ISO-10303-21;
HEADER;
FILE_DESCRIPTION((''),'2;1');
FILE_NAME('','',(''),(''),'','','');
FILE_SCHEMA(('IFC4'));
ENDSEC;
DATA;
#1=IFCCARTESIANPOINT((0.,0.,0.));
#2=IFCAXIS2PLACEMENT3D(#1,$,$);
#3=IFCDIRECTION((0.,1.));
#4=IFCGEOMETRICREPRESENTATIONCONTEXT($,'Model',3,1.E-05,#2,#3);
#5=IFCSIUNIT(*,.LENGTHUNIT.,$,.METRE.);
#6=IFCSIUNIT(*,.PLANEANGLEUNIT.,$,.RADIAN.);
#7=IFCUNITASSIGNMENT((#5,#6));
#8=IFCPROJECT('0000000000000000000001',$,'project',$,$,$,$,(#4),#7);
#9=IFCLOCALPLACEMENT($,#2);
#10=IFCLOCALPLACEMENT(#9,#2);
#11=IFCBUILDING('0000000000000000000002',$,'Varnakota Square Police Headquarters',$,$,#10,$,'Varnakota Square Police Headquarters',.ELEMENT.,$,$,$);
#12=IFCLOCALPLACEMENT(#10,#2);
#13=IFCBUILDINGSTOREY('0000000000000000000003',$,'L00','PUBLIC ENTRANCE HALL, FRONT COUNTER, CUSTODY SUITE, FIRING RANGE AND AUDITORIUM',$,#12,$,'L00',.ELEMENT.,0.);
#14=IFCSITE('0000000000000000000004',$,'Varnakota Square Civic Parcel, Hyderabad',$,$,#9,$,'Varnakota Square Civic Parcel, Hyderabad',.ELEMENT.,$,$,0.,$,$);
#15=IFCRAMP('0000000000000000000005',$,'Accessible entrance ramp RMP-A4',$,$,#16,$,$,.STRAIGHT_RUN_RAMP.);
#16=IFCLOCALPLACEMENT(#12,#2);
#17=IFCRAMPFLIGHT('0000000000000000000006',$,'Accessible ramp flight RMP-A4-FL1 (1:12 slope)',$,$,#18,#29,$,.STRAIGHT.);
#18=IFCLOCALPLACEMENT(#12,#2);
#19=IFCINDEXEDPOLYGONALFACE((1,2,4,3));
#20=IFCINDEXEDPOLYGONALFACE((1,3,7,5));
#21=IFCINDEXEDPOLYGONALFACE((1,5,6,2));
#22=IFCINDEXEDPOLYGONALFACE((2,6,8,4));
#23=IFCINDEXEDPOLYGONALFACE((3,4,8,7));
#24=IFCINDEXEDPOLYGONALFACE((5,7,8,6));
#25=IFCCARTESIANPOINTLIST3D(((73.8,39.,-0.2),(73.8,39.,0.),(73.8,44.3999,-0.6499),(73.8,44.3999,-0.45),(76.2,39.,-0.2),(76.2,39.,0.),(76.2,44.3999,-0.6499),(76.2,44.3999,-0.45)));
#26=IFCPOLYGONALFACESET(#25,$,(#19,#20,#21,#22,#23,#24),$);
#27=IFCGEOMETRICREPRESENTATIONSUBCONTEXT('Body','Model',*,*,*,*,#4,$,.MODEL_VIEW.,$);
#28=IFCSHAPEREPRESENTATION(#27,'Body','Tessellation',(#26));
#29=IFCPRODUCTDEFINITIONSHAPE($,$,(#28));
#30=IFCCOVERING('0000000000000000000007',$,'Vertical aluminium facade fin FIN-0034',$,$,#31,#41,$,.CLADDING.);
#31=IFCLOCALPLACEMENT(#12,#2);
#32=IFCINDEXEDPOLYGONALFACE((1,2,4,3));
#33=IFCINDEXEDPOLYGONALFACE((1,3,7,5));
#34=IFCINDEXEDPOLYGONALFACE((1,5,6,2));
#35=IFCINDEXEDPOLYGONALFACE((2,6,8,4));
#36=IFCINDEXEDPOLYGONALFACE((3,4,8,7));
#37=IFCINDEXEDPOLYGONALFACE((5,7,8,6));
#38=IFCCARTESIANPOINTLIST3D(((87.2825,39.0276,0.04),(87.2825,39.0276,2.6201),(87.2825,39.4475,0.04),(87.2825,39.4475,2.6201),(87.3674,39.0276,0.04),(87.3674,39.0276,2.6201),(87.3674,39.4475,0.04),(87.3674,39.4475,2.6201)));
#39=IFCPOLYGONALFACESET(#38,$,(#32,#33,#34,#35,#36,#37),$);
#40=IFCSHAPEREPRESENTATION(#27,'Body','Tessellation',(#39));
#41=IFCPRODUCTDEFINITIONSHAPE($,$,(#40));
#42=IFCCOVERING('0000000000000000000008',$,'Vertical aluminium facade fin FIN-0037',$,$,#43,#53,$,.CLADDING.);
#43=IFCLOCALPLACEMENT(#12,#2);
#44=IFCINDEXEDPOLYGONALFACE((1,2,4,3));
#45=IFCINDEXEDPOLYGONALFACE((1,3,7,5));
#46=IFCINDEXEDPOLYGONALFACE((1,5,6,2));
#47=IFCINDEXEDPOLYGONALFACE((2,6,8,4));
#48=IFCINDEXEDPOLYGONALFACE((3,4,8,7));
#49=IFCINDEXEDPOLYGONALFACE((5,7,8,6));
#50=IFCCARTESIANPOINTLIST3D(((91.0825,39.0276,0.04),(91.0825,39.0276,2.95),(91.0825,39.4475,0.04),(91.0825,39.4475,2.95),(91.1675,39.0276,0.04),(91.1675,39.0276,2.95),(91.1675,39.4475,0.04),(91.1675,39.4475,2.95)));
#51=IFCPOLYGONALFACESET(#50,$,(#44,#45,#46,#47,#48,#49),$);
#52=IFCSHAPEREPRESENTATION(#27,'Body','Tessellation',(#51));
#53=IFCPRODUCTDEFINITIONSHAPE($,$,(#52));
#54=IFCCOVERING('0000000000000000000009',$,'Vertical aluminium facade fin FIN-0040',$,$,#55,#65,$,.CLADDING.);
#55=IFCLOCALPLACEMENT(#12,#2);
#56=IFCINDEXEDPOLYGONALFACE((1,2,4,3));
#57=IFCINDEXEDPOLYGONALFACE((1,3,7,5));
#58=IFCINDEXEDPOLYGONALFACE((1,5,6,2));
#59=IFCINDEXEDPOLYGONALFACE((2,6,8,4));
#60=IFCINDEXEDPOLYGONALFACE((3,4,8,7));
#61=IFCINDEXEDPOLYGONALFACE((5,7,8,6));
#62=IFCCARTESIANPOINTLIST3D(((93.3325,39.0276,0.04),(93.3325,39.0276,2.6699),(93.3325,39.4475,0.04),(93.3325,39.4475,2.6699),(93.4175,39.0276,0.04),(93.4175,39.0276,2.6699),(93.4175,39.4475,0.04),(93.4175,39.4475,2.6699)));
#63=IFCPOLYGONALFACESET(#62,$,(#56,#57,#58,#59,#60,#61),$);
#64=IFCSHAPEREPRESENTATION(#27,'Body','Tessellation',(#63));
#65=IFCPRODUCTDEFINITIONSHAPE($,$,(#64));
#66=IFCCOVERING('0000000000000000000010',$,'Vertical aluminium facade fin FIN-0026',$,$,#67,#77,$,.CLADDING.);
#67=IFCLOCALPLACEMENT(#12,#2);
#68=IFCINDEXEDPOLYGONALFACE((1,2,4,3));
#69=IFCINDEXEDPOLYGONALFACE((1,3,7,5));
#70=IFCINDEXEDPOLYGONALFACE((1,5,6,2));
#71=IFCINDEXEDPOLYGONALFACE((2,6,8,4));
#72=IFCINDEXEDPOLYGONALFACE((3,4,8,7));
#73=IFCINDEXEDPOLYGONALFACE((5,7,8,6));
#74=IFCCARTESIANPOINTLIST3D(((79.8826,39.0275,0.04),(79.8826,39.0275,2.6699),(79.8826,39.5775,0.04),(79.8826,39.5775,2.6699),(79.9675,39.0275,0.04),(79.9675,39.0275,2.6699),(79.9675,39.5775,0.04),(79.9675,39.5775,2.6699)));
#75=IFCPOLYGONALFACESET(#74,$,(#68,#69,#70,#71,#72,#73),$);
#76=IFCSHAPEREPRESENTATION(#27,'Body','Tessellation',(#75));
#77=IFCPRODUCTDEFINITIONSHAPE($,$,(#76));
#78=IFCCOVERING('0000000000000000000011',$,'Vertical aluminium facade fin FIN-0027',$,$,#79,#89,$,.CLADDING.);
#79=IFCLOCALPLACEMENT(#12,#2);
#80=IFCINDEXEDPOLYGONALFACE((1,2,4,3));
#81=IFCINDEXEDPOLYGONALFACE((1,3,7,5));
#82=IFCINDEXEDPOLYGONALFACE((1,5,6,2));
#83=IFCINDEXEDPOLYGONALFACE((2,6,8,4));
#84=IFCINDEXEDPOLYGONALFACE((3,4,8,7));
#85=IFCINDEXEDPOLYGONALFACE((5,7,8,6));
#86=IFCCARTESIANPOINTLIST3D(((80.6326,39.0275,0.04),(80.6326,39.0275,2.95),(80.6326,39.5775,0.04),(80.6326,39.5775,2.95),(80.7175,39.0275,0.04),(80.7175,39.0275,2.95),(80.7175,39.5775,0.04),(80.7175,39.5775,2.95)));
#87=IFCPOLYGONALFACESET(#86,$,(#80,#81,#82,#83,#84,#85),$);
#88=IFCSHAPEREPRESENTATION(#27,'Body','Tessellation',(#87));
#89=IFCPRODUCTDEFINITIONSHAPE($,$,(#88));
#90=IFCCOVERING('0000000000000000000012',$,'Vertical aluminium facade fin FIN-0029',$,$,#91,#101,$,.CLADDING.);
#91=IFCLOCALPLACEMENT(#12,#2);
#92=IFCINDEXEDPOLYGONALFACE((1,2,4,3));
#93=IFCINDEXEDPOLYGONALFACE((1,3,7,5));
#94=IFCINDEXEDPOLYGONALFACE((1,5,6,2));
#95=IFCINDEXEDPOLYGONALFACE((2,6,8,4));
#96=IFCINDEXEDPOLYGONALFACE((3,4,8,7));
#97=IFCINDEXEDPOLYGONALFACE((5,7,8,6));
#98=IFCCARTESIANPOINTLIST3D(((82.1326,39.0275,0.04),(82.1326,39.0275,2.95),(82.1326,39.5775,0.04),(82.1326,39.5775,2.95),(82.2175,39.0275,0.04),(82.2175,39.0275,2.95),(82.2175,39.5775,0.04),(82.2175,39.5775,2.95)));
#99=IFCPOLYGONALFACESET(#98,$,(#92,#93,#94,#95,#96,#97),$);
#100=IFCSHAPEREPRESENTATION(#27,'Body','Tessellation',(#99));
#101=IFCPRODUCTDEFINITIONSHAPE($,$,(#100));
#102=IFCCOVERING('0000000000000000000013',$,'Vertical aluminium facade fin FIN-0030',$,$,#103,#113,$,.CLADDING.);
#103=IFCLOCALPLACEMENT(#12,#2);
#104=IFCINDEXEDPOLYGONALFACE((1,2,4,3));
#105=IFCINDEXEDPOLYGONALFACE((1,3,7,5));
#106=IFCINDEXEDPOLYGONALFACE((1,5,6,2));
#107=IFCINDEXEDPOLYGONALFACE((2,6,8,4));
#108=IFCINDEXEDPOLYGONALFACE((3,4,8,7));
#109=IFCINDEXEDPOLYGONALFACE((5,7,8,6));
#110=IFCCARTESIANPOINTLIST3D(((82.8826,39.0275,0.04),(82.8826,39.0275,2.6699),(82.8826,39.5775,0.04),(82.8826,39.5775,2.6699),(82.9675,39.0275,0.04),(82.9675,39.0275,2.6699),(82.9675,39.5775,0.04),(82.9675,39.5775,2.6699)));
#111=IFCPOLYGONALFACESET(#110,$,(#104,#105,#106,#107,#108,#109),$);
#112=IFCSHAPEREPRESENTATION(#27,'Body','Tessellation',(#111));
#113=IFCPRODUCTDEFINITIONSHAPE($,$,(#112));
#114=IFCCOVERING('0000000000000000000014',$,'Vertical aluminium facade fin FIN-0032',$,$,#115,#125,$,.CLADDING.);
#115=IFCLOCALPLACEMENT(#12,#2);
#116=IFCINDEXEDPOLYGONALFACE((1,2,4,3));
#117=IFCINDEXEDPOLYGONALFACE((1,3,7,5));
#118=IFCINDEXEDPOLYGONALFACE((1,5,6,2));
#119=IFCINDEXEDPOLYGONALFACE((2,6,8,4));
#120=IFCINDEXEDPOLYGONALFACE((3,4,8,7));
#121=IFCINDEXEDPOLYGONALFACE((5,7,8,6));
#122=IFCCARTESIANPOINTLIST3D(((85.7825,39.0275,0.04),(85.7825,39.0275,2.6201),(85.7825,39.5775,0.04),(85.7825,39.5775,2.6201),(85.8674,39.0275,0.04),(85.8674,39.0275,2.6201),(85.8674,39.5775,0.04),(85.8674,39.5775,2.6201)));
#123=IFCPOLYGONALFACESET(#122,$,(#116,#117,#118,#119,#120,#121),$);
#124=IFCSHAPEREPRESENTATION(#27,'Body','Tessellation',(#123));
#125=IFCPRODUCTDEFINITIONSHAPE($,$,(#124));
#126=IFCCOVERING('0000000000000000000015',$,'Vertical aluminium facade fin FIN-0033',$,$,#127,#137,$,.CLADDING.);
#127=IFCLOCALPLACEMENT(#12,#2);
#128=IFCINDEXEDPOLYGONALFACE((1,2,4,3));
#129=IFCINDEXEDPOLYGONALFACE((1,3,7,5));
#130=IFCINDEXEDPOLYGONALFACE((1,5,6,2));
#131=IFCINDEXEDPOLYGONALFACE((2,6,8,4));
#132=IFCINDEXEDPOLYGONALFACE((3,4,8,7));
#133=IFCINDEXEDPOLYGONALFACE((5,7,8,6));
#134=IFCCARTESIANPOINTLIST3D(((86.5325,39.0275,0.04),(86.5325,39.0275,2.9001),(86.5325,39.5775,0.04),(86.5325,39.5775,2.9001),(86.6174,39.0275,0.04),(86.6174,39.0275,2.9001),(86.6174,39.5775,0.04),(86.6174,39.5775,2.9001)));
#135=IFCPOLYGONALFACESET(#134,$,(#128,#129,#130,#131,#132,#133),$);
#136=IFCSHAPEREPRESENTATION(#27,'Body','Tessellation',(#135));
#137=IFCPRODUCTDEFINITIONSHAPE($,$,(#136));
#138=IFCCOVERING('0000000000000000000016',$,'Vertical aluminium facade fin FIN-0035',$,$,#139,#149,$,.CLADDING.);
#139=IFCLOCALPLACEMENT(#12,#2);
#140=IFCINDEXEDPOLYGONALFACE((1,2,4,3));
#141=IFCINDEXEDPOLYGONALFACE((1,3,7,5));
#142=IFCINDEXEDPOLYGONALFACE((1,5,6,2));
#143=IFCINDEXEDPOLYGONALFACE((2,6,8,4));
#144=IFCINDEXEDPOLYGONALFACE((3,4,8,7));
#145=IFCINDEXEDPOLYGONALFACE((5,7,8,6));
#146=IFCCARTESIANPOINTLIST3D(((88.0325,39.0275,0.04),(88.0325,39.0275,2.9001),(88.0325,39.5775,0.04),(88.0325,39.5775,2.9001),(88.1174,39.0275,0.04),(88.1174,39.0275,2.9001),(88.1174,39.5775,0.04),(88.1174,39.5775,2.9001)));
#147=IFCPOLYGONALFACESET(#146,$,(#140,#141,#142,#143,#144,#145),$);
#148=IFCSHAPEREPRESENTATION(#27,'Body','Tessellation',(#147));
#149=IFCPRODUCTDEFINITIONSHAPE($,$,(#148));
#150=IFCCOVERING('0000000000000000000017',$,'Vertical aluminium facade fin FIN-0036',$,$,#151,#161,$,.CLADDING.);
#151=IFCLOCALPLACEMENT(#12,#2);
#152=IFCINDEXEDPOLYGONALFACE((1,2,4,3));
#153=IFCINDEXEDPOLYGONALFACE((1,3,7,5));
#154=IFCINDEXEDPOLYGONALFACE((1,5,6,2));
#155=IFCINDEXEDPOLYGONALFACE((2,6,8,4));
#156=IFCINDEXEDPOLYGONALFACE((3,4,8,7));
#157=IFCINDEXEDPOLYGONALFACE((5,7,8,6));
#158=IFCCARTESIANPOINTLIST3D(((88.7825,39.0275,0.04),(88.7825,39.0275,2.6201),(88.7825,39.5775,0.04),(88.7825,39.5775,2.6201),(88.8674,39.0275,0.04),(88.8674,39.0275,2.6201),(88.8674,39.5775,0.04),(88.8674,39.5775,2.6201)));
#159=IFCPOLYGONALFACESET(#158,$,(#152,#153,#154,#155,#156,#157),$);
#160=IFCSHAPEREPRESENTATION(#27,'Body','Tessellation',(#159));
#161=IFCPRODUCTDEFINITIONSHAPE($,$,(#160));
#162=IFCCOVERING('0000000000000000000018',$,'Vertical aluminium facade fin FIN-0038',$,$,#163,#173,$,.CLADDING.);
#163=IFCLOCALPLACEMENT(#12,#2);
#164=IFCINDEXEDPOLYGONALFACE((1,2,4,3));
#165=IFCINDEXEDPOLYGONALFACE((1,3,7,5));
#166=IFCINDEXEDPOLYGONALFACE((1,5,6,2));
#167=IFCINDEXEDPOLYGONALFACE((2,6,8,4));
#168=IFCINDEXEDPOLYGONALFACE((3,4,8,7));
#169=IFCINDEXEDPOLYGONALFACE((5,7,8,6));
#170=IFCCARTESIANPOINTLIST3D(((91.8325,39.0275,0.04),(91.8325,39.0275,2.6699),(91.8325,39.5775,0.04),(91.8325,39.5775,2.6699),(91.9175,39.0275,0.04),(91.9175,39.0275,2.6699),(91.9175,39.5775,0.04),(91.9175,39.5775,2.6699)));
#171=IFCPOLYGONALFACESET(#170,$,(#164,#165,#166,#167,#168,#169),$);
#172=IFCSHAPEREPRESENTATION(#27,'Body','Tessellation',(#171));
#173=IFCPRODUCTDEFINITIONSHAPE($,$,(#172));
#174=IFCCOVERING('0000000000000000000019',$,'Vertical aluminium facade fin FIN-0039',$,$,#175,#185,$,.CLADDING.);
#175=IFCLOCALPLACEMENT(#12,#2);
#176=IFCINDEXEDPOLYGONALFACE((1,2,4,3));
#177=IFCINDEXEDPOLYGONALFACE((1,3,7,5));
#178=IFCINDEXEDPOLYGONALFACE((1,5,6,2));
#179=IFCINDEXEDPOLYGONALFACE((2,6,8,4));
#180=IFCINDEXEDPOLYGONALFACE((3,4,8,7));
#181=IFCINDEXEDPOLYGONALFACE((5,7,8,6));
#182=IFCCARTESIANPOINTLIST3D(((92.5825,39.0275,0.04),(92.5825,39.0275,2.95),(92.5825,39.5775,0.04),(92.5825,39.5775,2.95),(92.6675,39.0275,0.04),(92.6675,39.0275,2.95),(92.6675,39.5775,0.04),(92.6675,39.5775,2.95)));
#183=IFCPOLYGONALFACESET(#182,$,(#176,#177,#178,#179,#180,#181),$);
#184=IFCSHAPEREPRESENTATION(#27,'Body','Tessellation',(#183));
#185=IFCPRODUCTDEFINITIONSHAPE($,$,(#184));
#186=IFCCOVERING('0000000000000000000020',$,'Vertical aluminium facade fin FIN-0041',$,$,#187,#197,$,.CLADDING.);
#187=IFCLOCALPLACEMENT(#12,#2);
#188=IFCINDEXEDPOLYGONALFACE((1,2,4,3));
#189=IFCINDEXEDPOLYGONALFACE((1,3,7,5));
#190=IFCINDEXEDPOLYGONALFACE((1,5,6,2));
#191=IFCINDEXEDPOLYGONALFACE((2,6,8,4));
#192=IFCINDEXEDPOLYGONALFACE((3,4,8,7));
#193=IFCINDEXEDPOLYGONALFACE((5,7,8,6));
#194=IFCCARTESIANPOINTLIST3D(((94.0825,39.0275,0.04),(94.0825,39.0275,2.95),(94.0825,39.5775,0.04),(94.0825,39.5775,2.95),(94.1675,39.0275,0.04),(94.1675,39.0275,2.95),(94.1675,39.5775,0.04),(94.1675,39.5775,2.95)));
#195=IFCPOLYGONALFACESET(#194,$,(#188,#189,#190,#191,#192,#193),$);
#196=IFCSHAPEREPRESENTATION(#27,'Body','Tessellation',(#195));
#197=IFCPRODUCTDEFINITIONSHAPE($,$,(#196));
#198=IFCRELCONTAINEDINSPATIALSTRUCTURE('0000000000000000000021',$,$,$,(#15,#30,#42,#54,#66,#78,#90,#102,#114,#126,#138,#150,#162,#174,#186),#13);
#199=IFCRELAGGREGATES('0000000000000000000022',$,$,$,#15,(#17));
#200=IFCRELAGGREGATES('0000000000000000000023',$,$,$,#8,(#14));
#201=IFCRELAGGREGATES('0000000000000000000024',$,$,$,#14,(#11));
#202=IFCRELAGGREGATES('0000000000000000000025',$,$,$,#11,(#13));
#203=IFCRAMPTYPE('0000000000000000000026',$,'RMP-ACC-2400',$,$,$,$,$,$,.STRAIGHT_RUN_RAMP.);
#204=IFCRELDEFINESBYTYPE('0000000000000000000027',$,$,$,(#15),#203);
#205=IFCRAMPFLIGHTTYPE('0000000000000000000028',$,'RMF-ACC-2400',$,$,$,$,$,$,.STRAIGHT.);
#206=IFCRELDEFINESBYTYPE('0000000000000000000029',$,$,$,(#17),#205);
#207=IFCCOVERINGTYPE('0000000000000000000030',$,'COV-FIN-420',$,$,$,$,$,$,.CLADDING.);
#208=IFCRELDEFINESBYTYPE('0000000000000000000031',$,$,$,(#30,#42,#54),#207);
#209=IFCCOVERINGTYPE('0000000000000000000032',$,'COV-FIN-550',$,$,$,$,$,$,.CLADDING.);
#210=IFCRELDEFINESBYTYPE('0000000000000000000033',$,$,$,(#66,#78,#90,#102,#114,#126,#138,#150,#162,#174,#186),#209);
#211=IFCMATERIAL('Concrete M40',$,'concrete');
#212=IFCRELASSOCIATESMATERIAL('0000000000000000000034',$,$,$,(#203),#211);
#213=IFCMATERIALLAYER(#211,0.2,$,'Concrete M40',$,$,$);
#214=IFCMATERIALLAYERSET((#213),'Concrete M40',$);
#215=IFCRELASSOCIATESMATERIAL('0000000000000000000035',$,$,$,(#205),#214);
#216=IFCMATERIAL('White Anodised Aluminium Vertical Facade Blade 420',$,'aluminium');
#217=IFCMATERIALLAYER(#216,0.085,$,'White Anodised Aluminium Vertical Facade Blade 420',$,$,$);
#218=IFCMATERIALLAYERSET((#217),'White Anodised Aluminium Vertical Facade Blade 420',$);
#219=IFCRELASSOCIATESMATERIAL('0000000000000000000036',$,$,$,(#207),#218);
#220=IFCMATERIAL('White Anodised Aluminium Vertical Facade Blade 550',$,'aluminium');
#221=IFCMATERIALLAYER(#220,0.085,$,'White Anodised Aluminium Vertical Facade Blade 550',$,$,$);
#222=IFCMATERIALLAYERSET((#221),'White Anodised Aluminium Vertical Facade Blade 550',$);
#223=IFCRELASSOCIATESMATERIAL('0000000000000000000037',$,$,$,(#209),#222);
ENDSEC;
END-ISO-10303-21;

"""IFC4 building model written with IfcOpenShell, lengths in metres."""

from ifc_helpers import new_model, si_unit, direction, frame, origin, origin_2d, place, context, subcontext, project, spatial, polyline, rectangle, outline, extrude, material, layer, layer_set, type_object, element, aggregate, save


model = new_model("IFC4")

# Units and contexts
model_context = context("Model", 3, precision=1e-05, world=origin(), true_north=direction((0.0, 1.0)))
body_context = subcontext(model_context, "Body", "Model", "MODEL_VIEW")
ifc_project = project(units=[si_unit("LENGTHUNIT", "METRE"), si_unit("PLANEANGLEUNIT", "RADIAN")], contexts=[model_context])

# Site, building, storey
site_placement = place(None, origin())
site = spatial("IfcSite", under=ifc_project, at=site_placement, Name="Varnakota Square Civic Parcel, Hyderabad", LongName="Varnakota Square Civic Parcel, Hyderabad", CompositionType="ELEMENT", RefElevation=0.0)
building_placement = place(site_placement, origin())
building = spatial("IfcBuilding", under=site, at=building_placement, Name="Varnakota Square Police Headquarters", LongName="Varnakota Square Police Headquarters", CompositionType="ELEMENT")
storey_placement = place(building_placement, origin())
storey = spatial("IfcBuildingStorey", under=building, at=storey_placement, Name="L00", Description="PUBLIC ENTRANCE HALL, FRONT COUNTER, CUSTODY SUITE, FIRING RANGE AND AUDITORIUM", LongName="L00", CompositionType="ELEMENT", Elevation=0.0)

# Ramp, ramp flight
ifc_material_1 = material(Name="Concrete M40", Category="concrete")
ramp_type = type_object("IfcRampType", Name="RMP-ACC-2400", PredefinedType="STRAIGHT_RUN_RAMP", material=ifc_material_1)
ramp_placement = place(storey_placement, origin())
ramp = element("IfcRamp", 1, at=ramp_placement, inside=storey, type_object=ramp_type, Name="Accessible entrance ramp RMP-A4", PredefinedType="STRAIGHT_RUN_RAMP")
ifc_layer_1 = layer(ifc_material_1, 0.2, Name="Concrete M40")
ifc_layer_set_1 = layer_set([ifc_layer_1], Name="Concrete M40")
ramp_flight_type = type_object("IfcRampFlightType", Name="RMF-ACC-2400", PredefinedType="STRAIGHT", material=ifc_layer_set_1)
ramp_flight_placement = place(storey_placement, frame((75.0, 44.3999, -0.45), z_axis=(0.0, 0.0, 1.0), x_axis=(0.0, -1.0, 0.0)))
ramp_flight = element("IfcRampFlight", 2, at=ramp_flight_placement, type_object=ramp_flight_type, Name="Accessible ramp flight RMP-A4-FL1 (1:12 slope)", PredefinedType="STRAIGHT", context=body_context, shape_type="SweptSolid", body=[
    extrude(outline(polyline([(0.0, 0.0), (5.3999, 0.45), (5.3999, 0.25), (0.0, -0.2), (0.0, 0.0)])), frame((0.0, 1.2, 0.0), z_axis=(0.0, -1.0, 0.0), x_axis=(1.0, 0.0, 0.0)), (0.0, 0.0, 1.0), 2.3999),
])
aggregate(ramp, [ramp_flight])

# Coverings
ifc_material_2 = material(Name="White Anodised Aluminium Vertical Facade Blade 420", Category="aluminium")
ifc_layer_2 = layer(ifc_material_2, 0.085, Name="White Anodised Aluminium Vertical Facade Blade 420")
ifc_layer_set_2 = layer_set([ifc_layer_2], Name="White Anodised Aluminium Vertical Facade Blade 420")
covering_type_1 = type_object("IfcCoveringType", Name="COV-FIN-420", PredefinedType="CLADDING", material=ifc_layer_set_2)
covering_1_placement = place(storey_placement, frame((87.325, 39.2375, 0.04), z_axis=(0.0, 0.0, 1.0), x_axis=(1.0, 0.0, 0.0)))
element("IfcCovering", 3, at=covering_1_placement, inside=storey, type_object=covering_type_1, Name="Vertical aluminium facade fin FIN-0034", PredefinedType="CLADDING", context=body_context, shape_type="SweptSolid", body=[
    extrude(rectangle(XDim=0.085, YDim=0.4199, at=origin_2d()), origin(), (0.0, 0.0, 1.0), 2.5801),
])
covering_2_placement = place(storey_placement, frame((91.125, 39.2375, 0.04), z_axis=(0.0, 0.0, 1.0), x_axis=(1.0, 0.0, 0.0)))
element("IfcCovering", 4, at=covering_2_placement, inside=storey, type_object=covering_type_1, Name="Vertical aluminium facade fin FIN-0037", PredefinedType="CLADDING", context=body_context, shape_type="SweptSolid", body=[
    extrude(rectangle(XDim=0.085, YDim=0.4199, at=origin_2d()), origin(), (0.0, 0.0, 1.0), 2.9099),
])
covering_3_placement = place(storey_placement, frame((93.375, 39.2375, 0.04), z_axis=(0.0, 0.0, 1.0), x_axis=(1.0, 0.0, 0.0)))
element("IfcCovering", 5, at=covering_3_placement, inside=storey, type_object=covering_type_1, Name="Vertical aluminium facade fin FIN-0040", PredefinedType="CLADDING", context=body_context, shape_type="SweptSolid", body=[
    extrude(rectangle(XDim=0.085, YDim=0.4199, at=origin_2d()), origin(), (0.0, 0.0, 1.0), 2.6299),
])
ifc_material_3 = material(Name="White Anodised Aluminium Vertical Facade Blade 550", Category="aluminium")
ifc_layer_3 = layer(ifc_material_3, 0.085, Name="White Anodised Aluminium Vertical Facade Blade 550")
ifc_layer_set_3 = layer_set([ifc_layer_3], Name="White Anodised Aluminium Vertical Facade Blade 550")
covering_type_2 = type_object("IfcCoveringType", Name="COV-FIN-550", PredefinedType="CLADDING", material=ifc_layer_set_3)
covering_4_placement = place(storey_placement, frame((79.925, 39.3025, 0.04), z_axis=(0.0, 0.0, 1.0), x_axis=(1.0, 0.0, 0.0)))
element("IfcCovering", 6, at=covering_4_placement, inside=storey, type_object=covering_type_2, Name="Vertical aluminium facade fin FIN-0026", PredefinedType="CLADDING", context=body_context, shape_type="SweptSolid", body=[
    extrude(rectangle(XDim=0.085, YDim=0.55, at=origin_2d()), origin(), (0.0, 0.0, 1.0), 2.6299),
])
for number, where, z_axis, x_axis, name in (
    (7, (80.675, 39.3025, 0.04), (0.0, 0.0, 1.0), (1.0, 0.0, 0.0), "Vertical aluminium facade fin FIN-0027"),
    (8, (82.175, 39.3025, 0.04), (0.0, 0.0, 1.0), (1.0, 0.0, 0.0), "Vertical aluminium facade fin FIN-0029"),
):
    element("IfcCovering", number, at=place(storey_placement, frame(where, z_axis=z_axis, x_axis=x_axis)), inside=storey, type_object=covering_type_2, Name=name, PredefinedType="CLADDING", context=body_context, shape_type="SweptSolid", body=[
        extrude(rectangle(XDim=0.085, YDim=0.55, at=origin_2d()), origin(), (0.0, 0.0, 1.0), 2.9099),
    ])
covering_5_placement = place(storey_placement, frame((82.925, 39.3025, 0.04), z_axis=(0.0, 0.0, 1.0), x_axis=(1.0, 0.0, 0.0)))
element("IfcCovering", 9, at=covering_5_placement, inside=storey, type_object=covering_type_2, Name="Vertical aluminium facade fin FIN-0030", PredefinedType="CLADDING", context=body_context, shape_type="SweptSolid", body=[
    extrude(rectangle(XDim=0.085, YDim=0.55, at=origin_2d()), origin(), (0.0, 0.0, 1.0), 2.6299),
])
covering_6_placement = place(storey_placement, frame((85.825, 39.3025, 0.04), z_axis=(0.0, 0.0, 1.0), x_axis=(1.0, 0.0, 0.0)))
element("IfcCovering", 10, at=covering_6_placement, inside=storey, type_object=covering_type_2, Name="Vertical aluminium facade fin FIN-0032", PredefinedType="CLADDING", context=body_context, shape_type="SweptSolid", body=[
    extrude(rectangle(XDim=0.085, YDim=0.55, at=origin_2d()), origin(), (0.0, 0.0, 1.0), 2.5801),
])
for number, where, z_axis, x_axis, name in (
    (11, (86.575, 39.3025, 0.04), (0.0, 0.0, 1.0), (1.0, 0.0, 0.0), "Vertical aluminium facade fin FIN-0033"),
    (12, (88.075, 39.3025, 0.04), (0.0, 0.0, 1.0), (1.0, 0.0, 0.0), "Vertical aluminium facade fin FIN-0035"),
):
    element("IfcCovering", number, at=place(storey_placement, frame(where, z_axis=z_axis, x_axis=x_axis)), inside=storey, type_object=covering_type_2, Name=name, PredefinedType="CLADDING", context=body_context, shape_type="SweptSolid", body=[
        extrude(rectangle(XDim=0.085, YDim=0.55, at=origin_2d()), origin(), (0.0, 0.0, 1.0), 2.8601),
    ])
covering_7_placement = place(storey_placement, frame((88.825, 39.3025, 0.04), z_axis=(0.0, 0.0, 1.0), x_axis=(1.0, 0.0, 0.0)))
element("IfcCovering", 13, at=covering_7_placement, inside=storey, type_object=covering_type_2, Name="Vertical aluminium facade fin FIN-0036", PredefinedType="CLADDING", context=body_context, shape_type="SweptSolid", body=[
    extrude(rectangle(XDim=0.085, YDim=0.55, at=origin_2d()), origin(), (0.0, 0.0, 1.0), 2.5801),
])
covering_8_placement = place(storey_placement, frame((91.875, 39.3025, 0.04), z_axis=(0.0, 0.0, 1.0), x_axis=(1.0, 0.0, 0.0)))
element("IfcCovering", 14, at=covering_8_placement, inside=storey, type_object=covering_type_2, Name="Vertical aluminium facade fin FIN-0038", PredefinedType="CLADDING", context=body_context, shape_type="SweptSolid", body=[
    extrude(rectangle(XDim=0.085, YDim=0.55, at=origin_2d()), origin(), (0.0, 0.0, 1.0), 2.6299),
])
for number, where, z_axis, x_axis, name in (
    (15, (92.625, 39.3025, 0.04), (0.0, 0.0, 1.0), (1.0, 0.0, 0.0), "Vertical aluminium facade fin FIN-0039"),
    (16, (94.125, 39.3025, 0.04), (0.0, 0.0, 1.0), (1.0, 0.0, 0.0), "Vertical aluminium facade fin FIN-0041"),
):
    element("IfcCovering", number, at=place(storey_placement, frame(where, z_axis=z_axis, x_axis=x_axis)), inside=storey, type_object=covering_type_2, Name=name, PredefinedType="CLADDING", context=body_context, shape_type="SweptSolid", body=[
        extrude(rectangle(XDim=0.085, YDim=0.55, at=origin_2d()), origin(), (0.0, 0.0, 1.0), 2.9099),
    ])

save(model, "model.ifc")
